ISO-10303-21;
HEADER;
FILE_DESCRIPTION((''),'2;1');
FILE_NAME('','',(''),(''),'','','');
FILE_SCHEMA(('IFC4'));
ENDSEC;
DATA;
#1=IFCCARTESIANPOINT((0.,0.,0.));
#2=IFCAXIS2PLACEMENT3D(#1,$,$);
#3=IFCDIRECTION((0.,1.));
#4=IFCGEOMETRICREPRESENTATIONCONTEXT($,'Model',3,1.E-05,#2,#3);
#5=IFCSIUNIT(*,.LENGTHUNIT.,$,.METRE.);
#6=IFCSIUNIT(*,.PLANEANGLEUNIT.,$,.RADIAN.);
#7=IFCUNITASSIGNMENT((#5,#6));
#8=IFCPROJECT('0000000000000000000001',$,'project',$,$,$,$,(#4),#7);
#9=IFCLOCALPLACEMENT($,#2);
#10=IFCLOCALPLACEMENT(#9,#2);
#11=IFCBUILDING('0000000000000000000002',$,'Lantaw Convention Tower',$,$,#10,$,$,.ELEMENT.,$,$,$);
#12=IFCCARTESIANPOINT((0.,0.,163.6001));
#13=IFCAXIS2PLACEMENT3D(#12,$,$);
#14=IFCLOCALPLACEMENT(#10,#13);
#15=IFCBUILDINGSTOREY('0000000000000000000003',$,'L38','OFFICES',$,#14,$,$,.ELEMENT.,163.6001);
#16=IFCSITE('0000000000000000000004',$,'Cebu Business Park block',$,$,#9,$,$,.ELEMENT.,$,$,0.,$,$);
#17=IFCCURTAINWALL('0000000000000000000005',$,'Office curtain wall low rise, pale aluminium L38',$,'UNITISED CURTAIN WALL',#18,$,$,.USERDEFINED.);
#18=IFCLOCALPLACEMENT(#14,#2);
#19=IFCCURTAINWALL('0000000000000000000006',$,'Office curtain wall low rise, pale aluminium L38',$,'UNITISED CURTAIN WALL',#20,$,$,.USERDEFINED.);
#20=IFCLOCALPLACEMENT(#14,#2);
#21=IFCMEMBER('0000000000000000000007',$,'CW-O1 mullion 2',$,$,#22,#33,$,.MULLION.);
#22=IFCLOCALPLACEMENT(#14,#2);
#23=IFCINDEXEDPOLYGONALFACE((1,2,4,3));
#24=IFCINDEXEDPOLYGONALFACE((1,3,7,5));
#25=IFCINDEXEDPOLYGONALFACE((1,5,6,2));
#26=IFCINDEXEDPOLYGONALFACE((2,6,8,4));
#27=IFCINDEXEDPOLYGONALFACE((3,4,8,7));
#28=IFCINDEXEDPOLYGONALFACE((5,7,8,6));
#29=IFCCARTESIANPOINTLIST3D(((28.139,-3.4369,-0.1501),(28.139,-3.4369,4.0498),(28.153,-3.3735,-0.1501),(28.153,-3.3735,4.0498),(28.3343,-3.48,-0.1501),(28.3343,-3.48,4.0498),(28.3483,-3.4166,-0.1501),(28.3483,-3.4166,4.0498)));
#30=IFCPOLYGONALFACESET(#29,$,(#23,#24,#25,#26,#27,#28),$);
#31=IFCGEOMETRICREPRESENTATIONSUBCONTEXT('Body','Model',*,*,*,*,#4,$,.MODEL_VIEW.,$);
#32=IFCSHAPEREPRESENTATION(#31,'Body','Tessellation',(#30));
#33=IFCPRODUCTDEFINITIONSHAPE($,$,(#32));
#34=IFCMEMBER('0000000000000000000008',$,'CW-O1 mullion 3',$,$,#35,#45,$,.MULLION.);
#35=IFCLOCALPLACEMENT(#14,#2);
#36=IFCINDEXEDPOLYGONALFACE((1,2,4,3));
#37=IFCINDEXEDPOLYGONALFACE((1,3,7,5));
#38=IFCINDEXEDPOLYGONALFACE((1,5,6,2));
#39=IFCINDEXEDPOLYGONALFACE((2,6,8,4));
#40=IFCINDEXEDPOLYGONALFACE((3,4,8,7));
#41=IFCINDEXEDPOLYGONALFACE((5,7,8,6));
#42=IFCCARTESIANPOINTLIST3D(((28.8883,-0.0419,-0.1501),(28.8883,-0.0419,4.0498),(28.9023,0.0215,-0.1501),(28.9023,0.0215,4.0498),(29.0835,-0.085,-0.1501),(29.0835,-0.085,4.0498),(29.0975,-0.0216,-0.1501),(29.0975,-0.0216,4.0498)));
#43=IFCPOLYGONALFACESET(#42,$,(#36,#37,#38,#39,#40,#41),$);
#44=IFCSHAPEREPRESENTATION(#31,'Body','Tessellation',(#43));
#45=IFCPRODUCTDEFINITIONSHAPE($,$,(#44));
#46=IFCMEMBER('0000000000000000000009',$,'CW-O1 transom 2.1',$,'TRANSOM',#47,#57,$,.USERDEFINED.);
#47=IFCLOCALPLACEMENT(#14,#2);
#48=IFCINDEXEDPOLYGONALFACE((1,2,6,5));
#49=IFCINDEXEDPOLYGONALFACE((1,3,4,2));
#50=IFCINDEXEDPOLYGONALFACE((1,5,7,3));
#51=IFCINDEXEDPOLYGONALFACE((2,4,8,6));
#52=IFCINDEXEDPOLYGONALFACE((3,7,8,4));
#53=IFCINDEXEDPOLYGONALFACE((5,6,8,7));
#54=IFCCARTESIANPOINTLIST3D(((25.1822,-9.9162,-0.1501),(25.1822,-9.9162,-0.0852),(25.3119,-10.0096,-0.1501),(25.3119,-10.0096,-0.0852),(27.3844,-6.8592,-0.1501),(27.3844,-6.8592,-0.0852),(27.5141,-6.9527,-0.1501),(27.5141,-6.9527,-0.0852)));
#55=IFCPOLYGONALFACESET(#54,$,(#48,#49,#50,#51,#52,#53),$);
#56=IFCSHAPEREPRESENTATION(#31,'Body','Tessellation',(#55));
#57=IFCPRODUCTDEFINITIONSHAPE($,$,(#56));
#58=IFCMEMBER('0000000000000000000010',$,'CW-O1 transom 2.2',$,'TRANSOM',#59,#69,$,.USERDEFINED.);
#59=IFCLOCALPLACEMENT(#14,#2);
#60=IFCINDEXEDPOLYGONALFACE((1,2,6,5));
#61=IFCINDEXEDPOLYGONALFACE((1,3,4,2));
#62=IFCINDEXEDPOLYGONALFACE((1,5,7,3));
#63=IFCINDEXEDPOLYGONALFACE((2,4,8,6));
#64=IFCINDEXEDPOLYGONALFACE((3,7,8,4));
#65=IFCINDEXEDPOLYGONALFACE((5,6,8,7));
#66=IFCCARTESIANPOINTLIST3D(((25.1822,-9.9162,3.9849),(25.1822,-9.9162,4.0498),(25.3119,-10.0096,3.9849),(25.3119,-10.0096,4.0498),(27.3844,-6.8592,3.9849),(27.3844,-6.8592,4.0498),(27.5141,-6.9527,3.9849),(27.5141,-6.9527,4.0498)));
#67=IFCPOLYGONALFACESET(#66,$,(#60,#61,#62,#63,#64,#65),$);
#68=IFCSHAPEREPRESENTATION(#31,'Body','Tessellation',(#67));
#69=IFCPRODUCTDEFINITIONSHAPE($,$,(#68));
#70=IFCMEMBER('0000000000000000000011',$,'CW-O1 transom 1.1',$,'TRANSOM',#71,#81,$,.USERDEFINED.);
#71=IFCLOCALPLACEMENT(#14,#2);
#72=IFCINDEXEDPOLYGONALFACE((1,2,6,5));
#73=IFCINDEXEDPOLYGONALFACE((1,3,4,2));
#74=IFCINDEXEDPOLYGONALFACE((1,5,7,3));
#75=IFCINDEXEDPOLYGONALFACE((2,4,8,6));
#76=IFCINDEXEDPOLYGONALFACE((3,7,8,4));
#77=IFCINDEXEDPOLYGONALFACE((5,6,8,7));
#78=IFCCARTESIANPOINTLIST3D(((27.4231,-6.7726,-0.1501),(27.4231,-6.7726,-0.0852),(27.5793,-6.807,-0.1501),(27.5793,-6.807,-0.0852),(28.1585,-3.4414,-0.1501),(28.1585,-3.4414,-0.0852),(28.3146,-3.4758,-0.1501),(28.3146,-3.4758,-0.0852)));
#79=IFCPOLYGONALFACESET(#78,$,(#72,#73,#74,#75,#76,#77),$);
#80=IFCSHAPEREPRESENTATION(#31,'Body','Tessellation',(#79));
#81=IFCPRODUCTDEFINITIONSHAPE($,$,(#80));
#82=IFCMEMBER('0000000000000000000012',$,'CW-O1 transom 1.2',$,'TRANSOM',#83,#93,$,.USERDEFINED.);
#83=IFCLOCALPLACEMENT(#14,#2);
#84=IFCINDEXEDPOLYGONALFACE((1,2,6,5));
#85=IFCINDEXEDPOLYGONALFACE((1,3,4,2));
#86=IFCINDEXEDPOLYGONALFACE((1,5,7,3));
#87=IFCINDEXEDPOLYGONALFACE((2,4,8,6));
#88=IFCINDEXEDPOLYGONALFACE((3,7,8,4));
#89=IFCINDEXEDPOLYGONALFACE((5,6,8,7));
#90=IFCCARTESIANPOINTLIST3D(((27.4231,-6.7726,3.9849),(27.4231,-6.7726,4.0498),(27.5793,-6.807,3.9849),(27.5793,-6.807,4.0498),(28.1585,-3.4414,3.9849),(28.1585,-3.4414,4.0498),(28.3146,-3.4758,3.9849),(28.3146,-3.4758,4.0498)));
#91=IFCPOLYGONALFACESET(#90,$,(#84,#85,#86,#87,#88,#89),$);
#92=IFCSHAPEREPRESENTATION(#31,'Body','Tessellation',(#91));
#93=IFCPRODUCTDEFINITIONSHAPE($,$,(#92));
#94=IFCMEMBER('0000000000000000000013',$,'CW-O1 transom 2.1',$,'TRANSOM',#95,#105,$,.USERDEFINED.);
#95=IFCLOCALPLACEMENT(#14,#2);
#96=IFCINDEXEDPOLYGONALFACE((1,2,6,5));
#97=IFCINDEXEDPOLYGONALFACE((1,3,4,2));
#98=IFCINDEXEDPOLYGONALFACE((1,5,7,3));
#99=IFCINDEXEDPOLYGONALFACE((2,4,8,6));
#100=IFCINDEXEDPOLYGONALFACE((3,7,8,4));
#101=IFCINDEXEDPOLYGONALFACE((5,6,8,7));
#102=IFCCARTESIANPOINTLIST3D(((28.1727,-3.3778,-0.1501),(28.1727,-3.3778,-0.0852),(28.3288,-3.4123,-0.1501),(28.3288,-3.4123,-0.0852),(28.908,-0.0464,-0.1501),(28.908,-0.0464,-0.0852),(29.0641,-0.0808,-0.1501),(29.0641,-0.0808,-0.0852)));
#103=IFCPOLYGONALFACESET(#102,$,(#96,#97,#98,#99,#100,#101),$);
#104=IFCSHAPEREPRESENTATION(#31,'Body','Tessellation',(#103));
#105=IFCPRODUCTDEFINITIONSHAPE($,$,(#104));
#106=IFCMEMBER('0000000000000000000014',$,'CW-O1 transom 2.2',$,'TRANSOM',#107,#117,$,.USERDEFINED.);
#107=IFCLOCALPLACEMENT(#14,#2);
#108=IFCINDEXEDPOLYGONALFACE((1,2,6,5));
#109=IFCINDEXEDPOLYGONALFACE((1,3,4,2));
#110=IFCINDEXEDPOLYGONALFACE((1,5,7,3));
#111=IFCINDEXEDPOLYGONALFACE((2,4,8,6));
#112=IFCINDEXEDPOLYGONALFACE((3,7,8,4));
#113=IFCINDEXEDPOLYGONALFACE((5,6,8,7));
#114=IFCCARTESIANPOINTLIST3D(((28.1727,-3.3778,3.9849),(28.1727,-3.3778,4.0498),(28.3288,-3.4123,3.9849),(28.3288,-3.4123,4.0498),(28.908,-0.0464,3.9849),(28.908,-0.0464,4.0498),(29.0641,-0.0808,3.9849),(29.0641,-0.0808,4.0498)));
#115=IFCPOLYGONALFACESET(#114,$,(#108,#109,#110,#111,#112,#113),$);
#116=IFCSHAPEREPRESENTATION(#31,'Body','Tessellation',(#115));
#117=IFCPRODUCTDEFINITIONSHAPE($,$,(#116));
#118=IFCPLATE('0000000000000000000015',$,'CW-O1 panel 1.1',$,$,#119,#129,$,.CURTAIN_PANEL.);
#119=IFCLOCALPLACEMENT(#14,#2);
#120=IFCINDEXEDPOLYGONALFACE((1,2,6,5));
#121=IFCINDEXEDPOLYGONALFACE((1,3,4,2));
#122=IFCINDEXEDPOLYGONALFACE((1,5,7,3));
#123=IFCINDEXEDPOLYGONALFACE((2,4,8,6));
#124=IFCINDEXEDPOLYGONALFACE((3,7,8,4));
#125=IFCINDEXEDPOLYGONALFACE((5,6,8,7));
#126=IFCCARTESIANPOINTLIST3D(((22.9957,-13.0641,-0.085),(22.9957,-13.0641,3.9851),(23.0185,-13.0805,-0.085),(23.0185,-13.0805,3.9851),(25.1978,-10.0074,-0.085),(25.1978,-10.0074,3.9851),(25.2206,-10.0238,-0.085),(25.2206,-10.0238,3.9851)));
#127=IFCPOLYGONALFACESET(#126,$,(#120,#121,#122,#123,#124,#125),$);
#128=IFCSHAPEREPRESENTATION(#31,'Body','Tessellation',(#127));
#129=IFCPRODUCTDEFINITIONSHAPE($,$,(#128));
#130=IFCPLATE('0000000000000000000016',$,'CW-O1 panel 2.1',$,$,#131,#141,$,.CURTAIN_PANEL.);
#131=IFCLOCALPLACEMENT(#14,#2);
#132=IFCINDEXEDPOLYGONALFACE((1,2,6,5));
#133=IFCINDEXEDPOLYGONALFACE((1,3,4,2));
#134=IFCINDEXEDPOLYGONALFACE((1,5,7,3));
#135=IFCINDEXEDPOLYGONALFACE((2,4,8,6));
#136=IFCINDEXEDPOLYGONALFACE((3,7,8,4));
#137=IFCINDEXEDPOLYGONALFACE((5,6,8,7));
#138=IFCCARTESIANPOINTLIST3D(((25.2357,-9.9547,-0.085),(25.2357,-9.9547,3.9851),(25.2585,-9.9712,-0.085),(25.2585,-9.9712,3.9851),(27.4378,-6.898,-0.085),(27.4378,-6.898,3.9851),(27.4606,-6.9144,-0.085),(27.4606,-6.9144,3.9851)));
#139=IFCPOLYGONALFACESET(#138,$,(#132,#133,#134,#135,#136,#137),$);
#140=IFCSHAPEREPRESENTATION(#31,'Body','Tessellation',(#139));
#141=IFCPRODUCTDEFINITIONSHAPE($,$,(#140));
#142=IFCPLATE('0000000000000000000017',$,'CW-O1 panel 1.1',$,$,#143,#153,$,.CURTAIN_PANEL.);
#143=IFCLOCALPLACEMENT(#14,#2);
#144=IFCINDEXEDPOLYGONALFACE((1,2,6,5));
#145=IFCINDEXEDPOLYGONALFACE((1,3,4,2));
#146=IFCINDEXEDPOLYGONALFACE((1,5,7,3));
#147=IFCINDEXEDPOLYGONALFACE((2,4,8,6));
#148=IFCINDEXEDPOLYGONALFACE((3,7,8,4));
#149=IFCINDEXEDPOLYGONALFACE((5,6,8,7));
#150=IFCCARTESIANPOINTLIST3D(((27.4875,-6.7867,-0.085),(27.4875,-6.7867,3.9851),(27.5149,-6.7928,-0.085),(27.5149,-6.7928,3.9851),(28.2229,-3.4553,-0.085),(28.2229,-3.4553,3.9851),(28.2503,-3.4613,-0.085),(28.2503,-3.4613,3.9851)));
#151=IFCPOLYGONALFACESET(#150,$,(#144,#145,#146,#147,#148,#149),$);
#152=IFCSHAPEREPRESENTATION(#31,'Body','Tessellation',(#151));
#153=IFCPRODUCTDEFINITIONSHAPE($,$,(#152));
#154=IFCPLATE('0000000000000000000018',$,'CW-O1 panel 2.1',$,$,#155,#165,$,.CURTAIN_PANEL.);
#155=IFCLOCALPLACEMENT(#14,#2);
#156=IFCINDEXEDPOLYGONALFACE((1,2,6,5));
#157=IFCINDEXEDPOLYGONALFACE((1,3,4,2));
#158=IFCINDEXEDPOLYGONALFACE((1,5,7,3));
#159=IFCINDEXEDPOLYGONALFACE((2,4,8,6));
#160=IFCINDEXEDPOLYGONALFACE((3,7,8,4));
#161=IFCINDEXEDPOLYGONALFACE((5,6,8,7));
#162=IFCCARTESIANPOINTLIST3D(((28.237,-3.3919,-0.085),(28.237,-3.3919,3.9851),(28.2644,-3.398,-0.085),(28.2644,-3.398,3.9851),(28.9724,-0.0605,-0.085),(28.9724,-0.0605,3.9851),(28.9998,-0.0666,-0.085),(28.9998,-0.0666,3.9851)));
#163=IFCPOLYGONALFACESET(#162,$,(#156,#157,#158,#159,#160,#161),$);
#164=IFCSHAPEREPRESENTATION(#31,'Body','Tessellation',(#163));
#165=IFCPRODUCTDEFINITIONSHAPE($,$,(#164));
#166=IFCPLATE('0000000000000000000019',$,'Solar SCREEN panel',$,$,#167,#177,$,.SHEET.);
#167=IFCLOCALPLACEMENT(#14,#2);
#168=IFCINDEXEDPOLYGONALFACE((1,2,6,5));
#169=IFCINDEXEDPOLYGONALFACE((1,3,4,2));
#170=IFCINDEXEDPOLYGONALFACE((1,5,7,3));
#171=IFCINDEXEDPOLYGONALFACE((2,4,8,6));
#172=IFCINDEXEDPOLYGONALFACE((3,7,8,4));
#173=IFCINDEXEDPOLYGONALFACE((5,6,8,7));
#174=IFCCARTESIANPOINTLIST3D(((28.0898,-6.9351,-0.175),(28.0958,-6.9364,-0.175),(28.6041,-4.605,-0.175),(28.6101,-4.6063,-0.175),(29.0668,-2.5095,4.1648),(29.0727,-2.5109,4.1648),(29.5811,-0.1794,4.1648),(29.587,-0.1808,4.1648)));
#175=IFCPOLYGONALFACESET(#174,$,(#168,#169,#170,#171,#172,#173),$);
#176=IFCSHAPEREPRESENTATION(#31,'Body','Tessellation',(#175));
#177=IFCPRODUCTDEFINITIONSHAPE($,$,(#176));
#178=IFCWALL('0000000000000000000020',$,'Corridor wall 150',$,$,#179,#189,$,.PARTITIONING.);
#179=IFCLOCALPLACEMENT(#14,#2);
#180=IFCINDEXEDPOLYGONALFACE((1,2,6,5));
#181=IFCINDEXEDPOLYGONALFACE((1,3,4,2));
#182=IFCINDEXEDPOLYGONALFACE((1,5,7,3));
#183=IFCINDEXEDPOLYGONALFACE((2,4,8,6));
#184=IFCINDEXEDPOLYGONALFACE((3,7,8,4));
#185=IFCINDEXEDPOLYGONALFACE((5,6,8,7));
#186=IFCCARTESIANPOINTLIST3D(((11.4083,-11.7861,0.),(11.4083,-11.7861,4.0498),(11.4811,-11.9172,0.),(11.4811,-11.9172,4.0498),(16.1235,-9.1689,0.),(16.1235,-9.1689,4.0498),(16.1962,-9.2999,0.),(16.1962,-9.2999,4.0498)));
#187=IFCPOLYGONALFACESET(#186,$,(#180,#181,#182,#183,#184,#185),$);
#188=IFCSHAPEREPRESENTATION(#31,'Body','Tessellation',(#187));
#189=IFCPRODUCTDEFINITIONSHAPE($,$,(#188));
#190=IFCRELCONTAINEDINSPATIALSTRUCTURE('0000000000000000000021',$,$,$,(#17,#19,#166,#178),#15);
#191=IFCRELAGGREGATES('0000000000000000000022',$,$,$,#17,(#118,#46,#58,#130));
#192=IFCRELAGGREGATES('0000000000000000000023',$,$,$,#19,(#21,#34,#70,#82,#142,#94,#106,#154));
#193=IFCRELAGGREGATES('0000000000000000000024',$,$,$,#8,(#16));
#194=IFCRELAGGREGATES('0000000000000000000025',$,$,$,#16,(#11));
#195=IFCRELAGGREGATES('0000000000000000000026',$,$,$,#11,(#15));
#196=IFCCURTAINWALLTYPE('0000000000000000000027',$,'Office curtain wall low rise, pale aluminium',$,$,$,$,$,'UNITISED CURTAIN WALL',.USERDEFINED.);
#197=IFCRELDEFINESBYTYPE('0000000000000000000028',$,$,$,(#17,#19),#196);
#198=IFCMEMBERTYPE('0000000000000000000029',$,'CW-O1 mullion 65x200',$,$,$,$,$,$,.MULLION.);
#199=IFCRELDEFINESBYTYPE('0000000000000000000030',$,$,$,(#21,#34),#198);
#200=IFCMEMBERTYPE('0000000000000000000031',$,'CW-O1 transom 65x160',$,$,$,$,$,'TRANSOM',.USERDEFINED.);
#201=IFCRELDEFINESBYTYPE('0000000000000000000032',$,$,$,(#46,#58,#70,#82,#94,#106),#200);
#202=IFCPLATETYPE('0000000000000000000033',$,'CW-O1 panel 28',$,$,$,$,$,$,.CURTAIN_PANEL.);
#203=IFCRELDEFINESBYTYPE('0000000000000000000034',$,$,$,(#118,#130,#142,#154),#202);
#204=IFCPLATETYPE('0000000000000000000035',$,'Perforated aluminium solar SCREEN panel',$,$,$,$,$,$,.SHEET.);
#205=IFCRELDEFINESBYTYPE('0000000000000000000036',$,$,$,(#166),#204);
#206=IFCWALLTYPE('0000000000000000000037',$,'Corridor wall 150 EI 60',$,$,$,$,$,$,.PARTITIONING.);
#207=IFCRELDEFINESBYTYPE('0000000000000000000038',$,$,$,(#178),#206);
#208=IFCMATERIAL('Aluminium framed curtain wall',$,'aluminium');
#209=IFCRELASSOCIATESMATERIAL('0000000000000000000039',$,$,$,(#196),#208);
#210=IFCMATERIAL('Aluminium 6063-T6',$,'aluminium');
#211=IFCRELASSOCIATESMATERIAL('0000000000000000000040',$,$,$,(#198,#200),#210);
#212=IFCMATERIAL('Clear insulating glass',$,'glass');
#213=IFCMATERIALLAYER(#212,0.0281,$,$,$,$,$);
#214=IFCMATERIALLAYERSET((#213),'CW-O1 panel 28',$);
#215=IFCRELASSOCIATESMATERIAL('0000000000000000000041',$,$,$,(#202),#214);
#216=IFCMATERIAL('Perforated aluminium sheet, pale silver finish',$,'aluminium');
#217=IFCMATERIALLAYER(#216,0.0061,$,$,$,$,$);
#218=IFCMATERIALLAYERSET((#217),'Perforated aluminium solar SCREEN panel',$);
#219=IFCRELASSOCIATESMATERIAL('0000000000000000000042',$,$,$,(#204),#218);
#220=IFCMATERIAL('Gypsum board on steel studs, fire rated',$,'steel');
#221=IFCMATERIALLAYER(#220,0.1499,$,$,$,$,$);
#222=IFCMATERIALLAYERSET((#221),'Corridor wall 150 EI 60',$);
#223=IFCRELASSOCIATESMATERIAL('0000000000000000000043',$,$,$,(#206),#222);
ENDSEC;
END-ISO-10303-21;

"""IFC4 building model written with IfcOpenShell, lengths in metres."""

from ifc_helpers import new_model, si_unit, direction, frame, frame_2d, origin, origin_2d, place, context, subcontext, project, spatial, polyline, rectangle, outline, extrude, material, layer, layer_set, material_profile, profile_set, type_object, element, aggregate, save


model = new_model("IFC4")

# Units and contexts
model_context = context("Model", 3, precision=1e-05, world=origin(), true_north=direction((0.0, 1.0)))
body_context = subcontext(model_context, "Body", "Model", "MODEL_VIEW")
ifc_project = project(units=[si_unit("LENGTHUNIT", "METRE"), si_unit("PLANEANGLEUNIT", "RADIAN")], contexts=[model_context])

# Site, building, storey
site_placement = place(None, origin())
site = spatial("IfcSite", under=ifc_project, at=site_placement, Name="Cebu Business Park block", CompositionType="ELEMENT", RefElevation=0.0)
building_placement = place(site_placement, origin())
building = spatial("IfcBuilding", under=site, at=building_placement, Name="Lantaw Convention Tower", CompositionType="ELEMENT")
storey_placement = place(building_placement, frame((0.0, 0.0, 163.6001)))
storey = spatial("IfcBuildingStorey", under=building, at=storey_placement, Name="L38", Description="OFFICES", CompositionType="ELEMENT", Elevation=163.6001)

# Curtain walls, members
ifc_material_1 = material(Name="Aluminium framed curtain wall", Category="aluminium")
curtain_wall_type = type_object("IfcCurtainWallType", Name="Office curtain wall low rise, pale aluminium", ElementType="UNITISED CURTAIN WALL", PredefinedType="USERDEFINED", material=ifc_material_1)
curtain_wall_1_placement = place(storey_placement, origin())
curtain_wall_1 = element("IfcCurtainWall", 1, at=curtain_wall_1_placement, inside=storey, type_object=curtain_wall_type, Name="Office curtain wall low rise, pale aluminium L38", ObjectType="UNITISED CURTAIN WALL", PredefinedType="USERDEFINED")
ifc_material_2 = material(Name="Aluminium 6063-T6", Category="aluminium")
ifc_material_profile_1 = material_profile(ifc_material_2, rectangle(XDim=0.2, YDim=0.0649, at=origin_2d()), Name="CW-O1 mullion 65x200")
ifc_profile_set_1 = profile_set([ifc_material_profile_1], Name="Aluminium 6063-T6")
member_type_1 = type_object("IfcMemberType", Name="CW-O1 mullion 65x200", PredefinedType="MULLION", material=ifc_profile_set_1)
curtain_wall_2_placement = place(storey_placement, origin())
curtain_wall_2 = element("IfcCurtainWall", 2, at=curtain_wall_2_placement, inside=storey, type_object=curtain_wall_type, Name="Office curtain wall low rise, pale aluminium L38", ObjectType="UNITISED CURTAIN WALL", PredefinedType="USERDEFINED")
member_1_placement = place(storey_placement, frame((28.2437, -3.4268, -0.1501), z_axis=(0.0, 0.0, 1.0), x_axis=(-0.976494, 0.215546, 0.0)))
member_1 = element("IfcMember", 3, at=member_1_placement, type_object=member_type_1, Name="CW-O1 mullion 2", PredefinedType="MULLION", context=body_context, shape_type="SweptSolid", body=[
    extrude(rectangle(XDim=0.2, YDim=0.0649, at=origin_2d()), origin(), (0.0, 0.0, 1.0), 4.2),
])
member_2_placement = place(storey_placement, frame((28.9929, -0.0317, -0.1501), z_axis=(0.0, 0.0, 1.0), x_axis=(-0.976494, 0.215546, 0.0)))
member_2 = element("IfcMember", 4, at=member_2_placement, type_object=member_type_1, Name="CW-O1 mullion 3", PredefinedType="MULLION", context=body_context, shape_type="SweptSolid", body=[
    extrude(rectangle(XDim=0.2, YDim=0.0649, at=origin_2d()), origin(), (0.0, 0.0, 1.0), 4.2),
])

# Members
ifc_material_profile_2 = material_profile(ifc_material_2, rectangle(XDim=0.1599, YDim=0.0649, at=origin_2d()), Name="CW-O1 transom 65x160")
ifc_profile_set_2 = profile_set([ifc_material_profile_2], Name="Aluminium 6063-T6")
member_type_2 = type_object("IfcMemberType", Name="CW-O1 transom 65x160", ElementType="TRANSOM", PredefinedType="USERDEFINED", material=ifc_profile_set_2)
member_3_placement = place(storey_placement, frame((25.2471, -9.9629, -0.1177), z_axis=(0.584513, 0.811384, 0.0), x_axis=(-0.811384, 0.584513, 0.0)))
member_3 = element("IfcMember", 5, at=member_3_placement, type_object=member_type_2, Name="CW-O1 transom 2.1", ObjectType="TRANSOM", PredefinedType="USERDEFINED", context=body_context, shape_type="SweptSolid", body=[
    extrude(rectangle(XDim=0.1599, YDim=0.0649, at=origin_2d()), origin(), (0.0, 0.0, 1.0), 3.7676),
])
member_4_placement = place(storey_placement, frame((25.2471, -9.9629, 4.0173), z_axis=(0.584513, 0.811384, 0.0), x_axis=(-0.811384, 0.584513, 0.0)))
member_4 = element("IfcMember", 6, at=member_4_placement, type_object=member_type_2, Name="CW-O1 transom 2.2", ObjectType="TRANSOM", PredefinedType="USERDEFINED", context=body_context, shape_type="SweptSolid", body=[
    extrude(rectangle(XDim=0.1599, YDim=0.0649, at=origin_2d()), origin(), (0.0, 0.0, 1.0), 3.7676),
])
member_5_placement = place(storey_placement, frame((27.5012, -6.7898, -0.1177), z_axis=(0.215551, 0.976493, 0.0), x_axis=(-0.976493, 0.215551, 0.0)))
member_5 = element("IfcMember", 7, at=member_5_placement, type_object=member_type_2, Name="CW-O1 transom 1.1", ObjectType="TRANSOM", PredefinedType="USERDEFINED", context=body_context, shape_type="SweptSolid", body=[
    extrude(rectangle(XDim=0.1599, YDim=0.0649, at=origin_2d()), origin(), (0.0, 0.0, 1.0), 3.4114),
])
member_6_placement = place(storey_placement, frame((27.5012, -6.7898, 4.0173), z_axis=(0.215551, 0.976493, 0.0), x_axis=(-0.976493, 0.215551, 0.0)))
member_6 = element("IfcMember", 8, at=member_6_placement, type_object=member_type_2, Name="CW-O1 transom 1.2", ObjectType="TRANSOM", PredefinedType="USERDEFINED", context=body_context, shape_type="SweptSolid", body=[
    extrude(rectangle(XDim=0.1599, YDim=0.0649, at=origin_2d()), origin(), (0.0, 0.0, 1.0), 3.4114),
])
member_7_placement = place(storey_placement, frame((28.2507, -3.395, -0.1177), z_axis=(0.215536, 0.976496, 0.0), x_axis=(-0.976496, 0.215536, 0.0)))
member_7 = element("IfcMember", 9, at=member_7_placement, type_object=member_type_2, Name="CW-O1 transom 2.1", ObjectType="TRANSOM", PredefinedType="USERDEFINED", context=body_context, shape_type="SweptSolid", body=[
    extrude(rectangle(XDim=0.1599, YDim=0.0649, at=origin_2d()), origin(), (0.0, 0.0, 1.0), 3.4116),
])
member_8_placement = place(storey_placement, frame((28.2507, -3.395, 4.0173), z_axis=(0.215536, 0.976496, 0.0), x_axis=(-0.976496, 0.215536, 0.0)))
member_8 = element("IfcMember", 10, at=member_8_placement, type_object=member_type_2, Name="CW-O1 transom 2.2", ObjectType="TRANSOM", PredefinedType="USERDEFINED", context=body_context, shape_type="SweptSolid", body=[
    extrude(rectangle(XDim=0.1599, YDim=0.0649, at=origin_2d()), origin(), (0.0, 0.0, 1.0), 3.4116),
])

# Plates
ifc_material_3 = material(Name="Clear insulating glass", Category="glass")
ifc_layer_1 = layer(ifc_material_3, 0.0281)
ifc_layer_set_1 = layer_set([ifc_layer_1], Name="CW-O1 panel 28")
plate_type_1 = type_object("IfcPlateType", Name="CW-O1 panel 28", PredefinedType="CURTAIN_PANEL", material=ifc_layer_set_1)
plate_1_placement = place(storey_placement, frame((24.1082, -11.5439, -0.085), z_axis=(0.0, 0.0, 1.0), x_axis=(0.584513, 0.811385, 0.0)))
plate_1 = element("IfcPlate", 11, at=plate_1_placement, type_object=plate_type_1, Name="CW-O1 panel 1.1", PredefinedType="CURTAIN_PANEL", context=body_context, shape_type="SweptSolid", body=[
    extrude(rectangle(XDim=3.7673, YDim=0.0281, at=origin_2d()), origin(), (0.0, 0.0, 1.0), 4.0701),
])
plate_2_placement = place(storey_placement, frame((26.3481, -8.4346, -0.085), z_axis=(0.0, 0.0, 1.0), x_axis=(0.584513, 0.811385, 0.0)))
plate_2 = element("IfcPlate", 12, at=plate_2_placement, type_object=plate_type_1, Name="CW-O1 panel 2.1", PredefinedType="CURTAIN_PANEL", context=body_context, shape_type="SweptSolid", body=[
    extrude(rectangle(XDim=3.7673, YDim=0.0281, at=origin_2d()), origin(), (0.0, 0.0, 1.0), 4.0701),
])
aggregate(curtain_wall_1, [plate_1, member_3, member_4, plate_2])
plate_3_placement = place(storey_placement, frame((27.8689, -5.124, -0.085), z_axis=(0.0, 0.0, 1.0), x_axis=(0.215546, 0.976494, 0.0)))
plate_3 = element("IfcPlate", 13, at=plate_3_placement, type_object=plate_type_1, Name="CW-O1 panel 1.1", PredefinedType="CURTAIN_PANEL", context=body_context, shape_type="SweptSolid", body=[
    extrude(rectangle(XDim=3.4116, YDim=0.0281, at=origin_2d()), origin(), (0.0, 0.0, 1.0), 4.0701),
])
plate_4_placement = place(storey_placement, frame((28.6184, -1.7292, -0.085), z_axis=(0.0, 0.0, 1.0), x_axis=(0.215546, 0.976494, 0.0)))
plate_4 = element("IfcPlate", 14, at=plate_4_placement, type_object=plate_type_1, Name="CW-O1 panel 2.1", PredefinedType="CURTAIN_PANEL", context=body_context, shape_type="SweptSolid", body=[
    extrude(rectangle(XDim=3.4116, YDim=0.0281, at=origin_2d()), origin(), (0.0, 0.0, 1.0), 4.0701),
])
aggregate(curtain_wall_2, [member_1, member_2, member_5, member_6, plate_3, member_7, member_8, plate_4])
ifc_material_4 = material(Name="Perforated aluminium sheet, pale silver finish", Category="aluminium")
ifc_layer_2 = layer(ifc_material_4, 0.0061)
ifc_layer_set_2 = layer_set([ifc_layer_2], Name="Perforated aluminium solar SCREEN panel")
plate_type_2 = type_object("IfcPlateType", Name="Perforated aluminium solar SCREEN panel", PredefinedType="SHEET", material=ifc_layer_set_2)
plate_5_placement = place(storey_placement, frame((28.0898, -6.9351, -0.175), z_axis=(-0.976498, 0.215527, 0.000033), x_axis=(0.215527, 0.976498, 0.0)))
element("IfcPlate", 15, at=plate_5_placement, inside=storey, type_object=plate_type_2, Name="Solar SCREEN panel", PredefinedType="SHEET", context=body_context, shape_type="SweptSolid", body=[
    extrude(outline(polyline([(0.0, 0.0), (2.3861, 0.0), (6.9182, -4.3398), (4.5321, -4.3398), (0.0, 0.0)])), origin(), (0.0, 0.0, -1.0), 0.0061),
])

# Wall
ifc_material_5 = material(Name="Gypsum board on steel studs, fire rated", Category="steel")
ifc_layer_3 = layer(ifc_material_5, 0.1499)
ifc_layer_set_3 = layer_set([ifc_layer_3], Name="Corridor wall 150 EI 60")
wall_type_1 = type_object("IfcWallType", Name="Corridor wall 150 EI 60", PredefinedType="PARTITIONING", material=ifc_layer_set_3)
wall_1_placement = place(storey_placement, frame((11.4448, -11.8516, 0.0), z_axis=(0.0, 0.0, 1.0), x_axis=(0.874339, 0.485316, 0.0)))
element("IfcWall", 16, at=wall_1_placement, inside=storey, type_object=wall_type_1, Name="Corridor wall 150", PredefinedType="PARTITIONING", context=body_context, shape_type="SweptSolid", body=[
    extrude(rectangle(XDim=5.3928, YDim=0.1499, at=frame_2d((2.6963, 0.0))), origin(), (0.0, 0.0, 1.0), 4.0498),
])

save(model, "model.ifc")
